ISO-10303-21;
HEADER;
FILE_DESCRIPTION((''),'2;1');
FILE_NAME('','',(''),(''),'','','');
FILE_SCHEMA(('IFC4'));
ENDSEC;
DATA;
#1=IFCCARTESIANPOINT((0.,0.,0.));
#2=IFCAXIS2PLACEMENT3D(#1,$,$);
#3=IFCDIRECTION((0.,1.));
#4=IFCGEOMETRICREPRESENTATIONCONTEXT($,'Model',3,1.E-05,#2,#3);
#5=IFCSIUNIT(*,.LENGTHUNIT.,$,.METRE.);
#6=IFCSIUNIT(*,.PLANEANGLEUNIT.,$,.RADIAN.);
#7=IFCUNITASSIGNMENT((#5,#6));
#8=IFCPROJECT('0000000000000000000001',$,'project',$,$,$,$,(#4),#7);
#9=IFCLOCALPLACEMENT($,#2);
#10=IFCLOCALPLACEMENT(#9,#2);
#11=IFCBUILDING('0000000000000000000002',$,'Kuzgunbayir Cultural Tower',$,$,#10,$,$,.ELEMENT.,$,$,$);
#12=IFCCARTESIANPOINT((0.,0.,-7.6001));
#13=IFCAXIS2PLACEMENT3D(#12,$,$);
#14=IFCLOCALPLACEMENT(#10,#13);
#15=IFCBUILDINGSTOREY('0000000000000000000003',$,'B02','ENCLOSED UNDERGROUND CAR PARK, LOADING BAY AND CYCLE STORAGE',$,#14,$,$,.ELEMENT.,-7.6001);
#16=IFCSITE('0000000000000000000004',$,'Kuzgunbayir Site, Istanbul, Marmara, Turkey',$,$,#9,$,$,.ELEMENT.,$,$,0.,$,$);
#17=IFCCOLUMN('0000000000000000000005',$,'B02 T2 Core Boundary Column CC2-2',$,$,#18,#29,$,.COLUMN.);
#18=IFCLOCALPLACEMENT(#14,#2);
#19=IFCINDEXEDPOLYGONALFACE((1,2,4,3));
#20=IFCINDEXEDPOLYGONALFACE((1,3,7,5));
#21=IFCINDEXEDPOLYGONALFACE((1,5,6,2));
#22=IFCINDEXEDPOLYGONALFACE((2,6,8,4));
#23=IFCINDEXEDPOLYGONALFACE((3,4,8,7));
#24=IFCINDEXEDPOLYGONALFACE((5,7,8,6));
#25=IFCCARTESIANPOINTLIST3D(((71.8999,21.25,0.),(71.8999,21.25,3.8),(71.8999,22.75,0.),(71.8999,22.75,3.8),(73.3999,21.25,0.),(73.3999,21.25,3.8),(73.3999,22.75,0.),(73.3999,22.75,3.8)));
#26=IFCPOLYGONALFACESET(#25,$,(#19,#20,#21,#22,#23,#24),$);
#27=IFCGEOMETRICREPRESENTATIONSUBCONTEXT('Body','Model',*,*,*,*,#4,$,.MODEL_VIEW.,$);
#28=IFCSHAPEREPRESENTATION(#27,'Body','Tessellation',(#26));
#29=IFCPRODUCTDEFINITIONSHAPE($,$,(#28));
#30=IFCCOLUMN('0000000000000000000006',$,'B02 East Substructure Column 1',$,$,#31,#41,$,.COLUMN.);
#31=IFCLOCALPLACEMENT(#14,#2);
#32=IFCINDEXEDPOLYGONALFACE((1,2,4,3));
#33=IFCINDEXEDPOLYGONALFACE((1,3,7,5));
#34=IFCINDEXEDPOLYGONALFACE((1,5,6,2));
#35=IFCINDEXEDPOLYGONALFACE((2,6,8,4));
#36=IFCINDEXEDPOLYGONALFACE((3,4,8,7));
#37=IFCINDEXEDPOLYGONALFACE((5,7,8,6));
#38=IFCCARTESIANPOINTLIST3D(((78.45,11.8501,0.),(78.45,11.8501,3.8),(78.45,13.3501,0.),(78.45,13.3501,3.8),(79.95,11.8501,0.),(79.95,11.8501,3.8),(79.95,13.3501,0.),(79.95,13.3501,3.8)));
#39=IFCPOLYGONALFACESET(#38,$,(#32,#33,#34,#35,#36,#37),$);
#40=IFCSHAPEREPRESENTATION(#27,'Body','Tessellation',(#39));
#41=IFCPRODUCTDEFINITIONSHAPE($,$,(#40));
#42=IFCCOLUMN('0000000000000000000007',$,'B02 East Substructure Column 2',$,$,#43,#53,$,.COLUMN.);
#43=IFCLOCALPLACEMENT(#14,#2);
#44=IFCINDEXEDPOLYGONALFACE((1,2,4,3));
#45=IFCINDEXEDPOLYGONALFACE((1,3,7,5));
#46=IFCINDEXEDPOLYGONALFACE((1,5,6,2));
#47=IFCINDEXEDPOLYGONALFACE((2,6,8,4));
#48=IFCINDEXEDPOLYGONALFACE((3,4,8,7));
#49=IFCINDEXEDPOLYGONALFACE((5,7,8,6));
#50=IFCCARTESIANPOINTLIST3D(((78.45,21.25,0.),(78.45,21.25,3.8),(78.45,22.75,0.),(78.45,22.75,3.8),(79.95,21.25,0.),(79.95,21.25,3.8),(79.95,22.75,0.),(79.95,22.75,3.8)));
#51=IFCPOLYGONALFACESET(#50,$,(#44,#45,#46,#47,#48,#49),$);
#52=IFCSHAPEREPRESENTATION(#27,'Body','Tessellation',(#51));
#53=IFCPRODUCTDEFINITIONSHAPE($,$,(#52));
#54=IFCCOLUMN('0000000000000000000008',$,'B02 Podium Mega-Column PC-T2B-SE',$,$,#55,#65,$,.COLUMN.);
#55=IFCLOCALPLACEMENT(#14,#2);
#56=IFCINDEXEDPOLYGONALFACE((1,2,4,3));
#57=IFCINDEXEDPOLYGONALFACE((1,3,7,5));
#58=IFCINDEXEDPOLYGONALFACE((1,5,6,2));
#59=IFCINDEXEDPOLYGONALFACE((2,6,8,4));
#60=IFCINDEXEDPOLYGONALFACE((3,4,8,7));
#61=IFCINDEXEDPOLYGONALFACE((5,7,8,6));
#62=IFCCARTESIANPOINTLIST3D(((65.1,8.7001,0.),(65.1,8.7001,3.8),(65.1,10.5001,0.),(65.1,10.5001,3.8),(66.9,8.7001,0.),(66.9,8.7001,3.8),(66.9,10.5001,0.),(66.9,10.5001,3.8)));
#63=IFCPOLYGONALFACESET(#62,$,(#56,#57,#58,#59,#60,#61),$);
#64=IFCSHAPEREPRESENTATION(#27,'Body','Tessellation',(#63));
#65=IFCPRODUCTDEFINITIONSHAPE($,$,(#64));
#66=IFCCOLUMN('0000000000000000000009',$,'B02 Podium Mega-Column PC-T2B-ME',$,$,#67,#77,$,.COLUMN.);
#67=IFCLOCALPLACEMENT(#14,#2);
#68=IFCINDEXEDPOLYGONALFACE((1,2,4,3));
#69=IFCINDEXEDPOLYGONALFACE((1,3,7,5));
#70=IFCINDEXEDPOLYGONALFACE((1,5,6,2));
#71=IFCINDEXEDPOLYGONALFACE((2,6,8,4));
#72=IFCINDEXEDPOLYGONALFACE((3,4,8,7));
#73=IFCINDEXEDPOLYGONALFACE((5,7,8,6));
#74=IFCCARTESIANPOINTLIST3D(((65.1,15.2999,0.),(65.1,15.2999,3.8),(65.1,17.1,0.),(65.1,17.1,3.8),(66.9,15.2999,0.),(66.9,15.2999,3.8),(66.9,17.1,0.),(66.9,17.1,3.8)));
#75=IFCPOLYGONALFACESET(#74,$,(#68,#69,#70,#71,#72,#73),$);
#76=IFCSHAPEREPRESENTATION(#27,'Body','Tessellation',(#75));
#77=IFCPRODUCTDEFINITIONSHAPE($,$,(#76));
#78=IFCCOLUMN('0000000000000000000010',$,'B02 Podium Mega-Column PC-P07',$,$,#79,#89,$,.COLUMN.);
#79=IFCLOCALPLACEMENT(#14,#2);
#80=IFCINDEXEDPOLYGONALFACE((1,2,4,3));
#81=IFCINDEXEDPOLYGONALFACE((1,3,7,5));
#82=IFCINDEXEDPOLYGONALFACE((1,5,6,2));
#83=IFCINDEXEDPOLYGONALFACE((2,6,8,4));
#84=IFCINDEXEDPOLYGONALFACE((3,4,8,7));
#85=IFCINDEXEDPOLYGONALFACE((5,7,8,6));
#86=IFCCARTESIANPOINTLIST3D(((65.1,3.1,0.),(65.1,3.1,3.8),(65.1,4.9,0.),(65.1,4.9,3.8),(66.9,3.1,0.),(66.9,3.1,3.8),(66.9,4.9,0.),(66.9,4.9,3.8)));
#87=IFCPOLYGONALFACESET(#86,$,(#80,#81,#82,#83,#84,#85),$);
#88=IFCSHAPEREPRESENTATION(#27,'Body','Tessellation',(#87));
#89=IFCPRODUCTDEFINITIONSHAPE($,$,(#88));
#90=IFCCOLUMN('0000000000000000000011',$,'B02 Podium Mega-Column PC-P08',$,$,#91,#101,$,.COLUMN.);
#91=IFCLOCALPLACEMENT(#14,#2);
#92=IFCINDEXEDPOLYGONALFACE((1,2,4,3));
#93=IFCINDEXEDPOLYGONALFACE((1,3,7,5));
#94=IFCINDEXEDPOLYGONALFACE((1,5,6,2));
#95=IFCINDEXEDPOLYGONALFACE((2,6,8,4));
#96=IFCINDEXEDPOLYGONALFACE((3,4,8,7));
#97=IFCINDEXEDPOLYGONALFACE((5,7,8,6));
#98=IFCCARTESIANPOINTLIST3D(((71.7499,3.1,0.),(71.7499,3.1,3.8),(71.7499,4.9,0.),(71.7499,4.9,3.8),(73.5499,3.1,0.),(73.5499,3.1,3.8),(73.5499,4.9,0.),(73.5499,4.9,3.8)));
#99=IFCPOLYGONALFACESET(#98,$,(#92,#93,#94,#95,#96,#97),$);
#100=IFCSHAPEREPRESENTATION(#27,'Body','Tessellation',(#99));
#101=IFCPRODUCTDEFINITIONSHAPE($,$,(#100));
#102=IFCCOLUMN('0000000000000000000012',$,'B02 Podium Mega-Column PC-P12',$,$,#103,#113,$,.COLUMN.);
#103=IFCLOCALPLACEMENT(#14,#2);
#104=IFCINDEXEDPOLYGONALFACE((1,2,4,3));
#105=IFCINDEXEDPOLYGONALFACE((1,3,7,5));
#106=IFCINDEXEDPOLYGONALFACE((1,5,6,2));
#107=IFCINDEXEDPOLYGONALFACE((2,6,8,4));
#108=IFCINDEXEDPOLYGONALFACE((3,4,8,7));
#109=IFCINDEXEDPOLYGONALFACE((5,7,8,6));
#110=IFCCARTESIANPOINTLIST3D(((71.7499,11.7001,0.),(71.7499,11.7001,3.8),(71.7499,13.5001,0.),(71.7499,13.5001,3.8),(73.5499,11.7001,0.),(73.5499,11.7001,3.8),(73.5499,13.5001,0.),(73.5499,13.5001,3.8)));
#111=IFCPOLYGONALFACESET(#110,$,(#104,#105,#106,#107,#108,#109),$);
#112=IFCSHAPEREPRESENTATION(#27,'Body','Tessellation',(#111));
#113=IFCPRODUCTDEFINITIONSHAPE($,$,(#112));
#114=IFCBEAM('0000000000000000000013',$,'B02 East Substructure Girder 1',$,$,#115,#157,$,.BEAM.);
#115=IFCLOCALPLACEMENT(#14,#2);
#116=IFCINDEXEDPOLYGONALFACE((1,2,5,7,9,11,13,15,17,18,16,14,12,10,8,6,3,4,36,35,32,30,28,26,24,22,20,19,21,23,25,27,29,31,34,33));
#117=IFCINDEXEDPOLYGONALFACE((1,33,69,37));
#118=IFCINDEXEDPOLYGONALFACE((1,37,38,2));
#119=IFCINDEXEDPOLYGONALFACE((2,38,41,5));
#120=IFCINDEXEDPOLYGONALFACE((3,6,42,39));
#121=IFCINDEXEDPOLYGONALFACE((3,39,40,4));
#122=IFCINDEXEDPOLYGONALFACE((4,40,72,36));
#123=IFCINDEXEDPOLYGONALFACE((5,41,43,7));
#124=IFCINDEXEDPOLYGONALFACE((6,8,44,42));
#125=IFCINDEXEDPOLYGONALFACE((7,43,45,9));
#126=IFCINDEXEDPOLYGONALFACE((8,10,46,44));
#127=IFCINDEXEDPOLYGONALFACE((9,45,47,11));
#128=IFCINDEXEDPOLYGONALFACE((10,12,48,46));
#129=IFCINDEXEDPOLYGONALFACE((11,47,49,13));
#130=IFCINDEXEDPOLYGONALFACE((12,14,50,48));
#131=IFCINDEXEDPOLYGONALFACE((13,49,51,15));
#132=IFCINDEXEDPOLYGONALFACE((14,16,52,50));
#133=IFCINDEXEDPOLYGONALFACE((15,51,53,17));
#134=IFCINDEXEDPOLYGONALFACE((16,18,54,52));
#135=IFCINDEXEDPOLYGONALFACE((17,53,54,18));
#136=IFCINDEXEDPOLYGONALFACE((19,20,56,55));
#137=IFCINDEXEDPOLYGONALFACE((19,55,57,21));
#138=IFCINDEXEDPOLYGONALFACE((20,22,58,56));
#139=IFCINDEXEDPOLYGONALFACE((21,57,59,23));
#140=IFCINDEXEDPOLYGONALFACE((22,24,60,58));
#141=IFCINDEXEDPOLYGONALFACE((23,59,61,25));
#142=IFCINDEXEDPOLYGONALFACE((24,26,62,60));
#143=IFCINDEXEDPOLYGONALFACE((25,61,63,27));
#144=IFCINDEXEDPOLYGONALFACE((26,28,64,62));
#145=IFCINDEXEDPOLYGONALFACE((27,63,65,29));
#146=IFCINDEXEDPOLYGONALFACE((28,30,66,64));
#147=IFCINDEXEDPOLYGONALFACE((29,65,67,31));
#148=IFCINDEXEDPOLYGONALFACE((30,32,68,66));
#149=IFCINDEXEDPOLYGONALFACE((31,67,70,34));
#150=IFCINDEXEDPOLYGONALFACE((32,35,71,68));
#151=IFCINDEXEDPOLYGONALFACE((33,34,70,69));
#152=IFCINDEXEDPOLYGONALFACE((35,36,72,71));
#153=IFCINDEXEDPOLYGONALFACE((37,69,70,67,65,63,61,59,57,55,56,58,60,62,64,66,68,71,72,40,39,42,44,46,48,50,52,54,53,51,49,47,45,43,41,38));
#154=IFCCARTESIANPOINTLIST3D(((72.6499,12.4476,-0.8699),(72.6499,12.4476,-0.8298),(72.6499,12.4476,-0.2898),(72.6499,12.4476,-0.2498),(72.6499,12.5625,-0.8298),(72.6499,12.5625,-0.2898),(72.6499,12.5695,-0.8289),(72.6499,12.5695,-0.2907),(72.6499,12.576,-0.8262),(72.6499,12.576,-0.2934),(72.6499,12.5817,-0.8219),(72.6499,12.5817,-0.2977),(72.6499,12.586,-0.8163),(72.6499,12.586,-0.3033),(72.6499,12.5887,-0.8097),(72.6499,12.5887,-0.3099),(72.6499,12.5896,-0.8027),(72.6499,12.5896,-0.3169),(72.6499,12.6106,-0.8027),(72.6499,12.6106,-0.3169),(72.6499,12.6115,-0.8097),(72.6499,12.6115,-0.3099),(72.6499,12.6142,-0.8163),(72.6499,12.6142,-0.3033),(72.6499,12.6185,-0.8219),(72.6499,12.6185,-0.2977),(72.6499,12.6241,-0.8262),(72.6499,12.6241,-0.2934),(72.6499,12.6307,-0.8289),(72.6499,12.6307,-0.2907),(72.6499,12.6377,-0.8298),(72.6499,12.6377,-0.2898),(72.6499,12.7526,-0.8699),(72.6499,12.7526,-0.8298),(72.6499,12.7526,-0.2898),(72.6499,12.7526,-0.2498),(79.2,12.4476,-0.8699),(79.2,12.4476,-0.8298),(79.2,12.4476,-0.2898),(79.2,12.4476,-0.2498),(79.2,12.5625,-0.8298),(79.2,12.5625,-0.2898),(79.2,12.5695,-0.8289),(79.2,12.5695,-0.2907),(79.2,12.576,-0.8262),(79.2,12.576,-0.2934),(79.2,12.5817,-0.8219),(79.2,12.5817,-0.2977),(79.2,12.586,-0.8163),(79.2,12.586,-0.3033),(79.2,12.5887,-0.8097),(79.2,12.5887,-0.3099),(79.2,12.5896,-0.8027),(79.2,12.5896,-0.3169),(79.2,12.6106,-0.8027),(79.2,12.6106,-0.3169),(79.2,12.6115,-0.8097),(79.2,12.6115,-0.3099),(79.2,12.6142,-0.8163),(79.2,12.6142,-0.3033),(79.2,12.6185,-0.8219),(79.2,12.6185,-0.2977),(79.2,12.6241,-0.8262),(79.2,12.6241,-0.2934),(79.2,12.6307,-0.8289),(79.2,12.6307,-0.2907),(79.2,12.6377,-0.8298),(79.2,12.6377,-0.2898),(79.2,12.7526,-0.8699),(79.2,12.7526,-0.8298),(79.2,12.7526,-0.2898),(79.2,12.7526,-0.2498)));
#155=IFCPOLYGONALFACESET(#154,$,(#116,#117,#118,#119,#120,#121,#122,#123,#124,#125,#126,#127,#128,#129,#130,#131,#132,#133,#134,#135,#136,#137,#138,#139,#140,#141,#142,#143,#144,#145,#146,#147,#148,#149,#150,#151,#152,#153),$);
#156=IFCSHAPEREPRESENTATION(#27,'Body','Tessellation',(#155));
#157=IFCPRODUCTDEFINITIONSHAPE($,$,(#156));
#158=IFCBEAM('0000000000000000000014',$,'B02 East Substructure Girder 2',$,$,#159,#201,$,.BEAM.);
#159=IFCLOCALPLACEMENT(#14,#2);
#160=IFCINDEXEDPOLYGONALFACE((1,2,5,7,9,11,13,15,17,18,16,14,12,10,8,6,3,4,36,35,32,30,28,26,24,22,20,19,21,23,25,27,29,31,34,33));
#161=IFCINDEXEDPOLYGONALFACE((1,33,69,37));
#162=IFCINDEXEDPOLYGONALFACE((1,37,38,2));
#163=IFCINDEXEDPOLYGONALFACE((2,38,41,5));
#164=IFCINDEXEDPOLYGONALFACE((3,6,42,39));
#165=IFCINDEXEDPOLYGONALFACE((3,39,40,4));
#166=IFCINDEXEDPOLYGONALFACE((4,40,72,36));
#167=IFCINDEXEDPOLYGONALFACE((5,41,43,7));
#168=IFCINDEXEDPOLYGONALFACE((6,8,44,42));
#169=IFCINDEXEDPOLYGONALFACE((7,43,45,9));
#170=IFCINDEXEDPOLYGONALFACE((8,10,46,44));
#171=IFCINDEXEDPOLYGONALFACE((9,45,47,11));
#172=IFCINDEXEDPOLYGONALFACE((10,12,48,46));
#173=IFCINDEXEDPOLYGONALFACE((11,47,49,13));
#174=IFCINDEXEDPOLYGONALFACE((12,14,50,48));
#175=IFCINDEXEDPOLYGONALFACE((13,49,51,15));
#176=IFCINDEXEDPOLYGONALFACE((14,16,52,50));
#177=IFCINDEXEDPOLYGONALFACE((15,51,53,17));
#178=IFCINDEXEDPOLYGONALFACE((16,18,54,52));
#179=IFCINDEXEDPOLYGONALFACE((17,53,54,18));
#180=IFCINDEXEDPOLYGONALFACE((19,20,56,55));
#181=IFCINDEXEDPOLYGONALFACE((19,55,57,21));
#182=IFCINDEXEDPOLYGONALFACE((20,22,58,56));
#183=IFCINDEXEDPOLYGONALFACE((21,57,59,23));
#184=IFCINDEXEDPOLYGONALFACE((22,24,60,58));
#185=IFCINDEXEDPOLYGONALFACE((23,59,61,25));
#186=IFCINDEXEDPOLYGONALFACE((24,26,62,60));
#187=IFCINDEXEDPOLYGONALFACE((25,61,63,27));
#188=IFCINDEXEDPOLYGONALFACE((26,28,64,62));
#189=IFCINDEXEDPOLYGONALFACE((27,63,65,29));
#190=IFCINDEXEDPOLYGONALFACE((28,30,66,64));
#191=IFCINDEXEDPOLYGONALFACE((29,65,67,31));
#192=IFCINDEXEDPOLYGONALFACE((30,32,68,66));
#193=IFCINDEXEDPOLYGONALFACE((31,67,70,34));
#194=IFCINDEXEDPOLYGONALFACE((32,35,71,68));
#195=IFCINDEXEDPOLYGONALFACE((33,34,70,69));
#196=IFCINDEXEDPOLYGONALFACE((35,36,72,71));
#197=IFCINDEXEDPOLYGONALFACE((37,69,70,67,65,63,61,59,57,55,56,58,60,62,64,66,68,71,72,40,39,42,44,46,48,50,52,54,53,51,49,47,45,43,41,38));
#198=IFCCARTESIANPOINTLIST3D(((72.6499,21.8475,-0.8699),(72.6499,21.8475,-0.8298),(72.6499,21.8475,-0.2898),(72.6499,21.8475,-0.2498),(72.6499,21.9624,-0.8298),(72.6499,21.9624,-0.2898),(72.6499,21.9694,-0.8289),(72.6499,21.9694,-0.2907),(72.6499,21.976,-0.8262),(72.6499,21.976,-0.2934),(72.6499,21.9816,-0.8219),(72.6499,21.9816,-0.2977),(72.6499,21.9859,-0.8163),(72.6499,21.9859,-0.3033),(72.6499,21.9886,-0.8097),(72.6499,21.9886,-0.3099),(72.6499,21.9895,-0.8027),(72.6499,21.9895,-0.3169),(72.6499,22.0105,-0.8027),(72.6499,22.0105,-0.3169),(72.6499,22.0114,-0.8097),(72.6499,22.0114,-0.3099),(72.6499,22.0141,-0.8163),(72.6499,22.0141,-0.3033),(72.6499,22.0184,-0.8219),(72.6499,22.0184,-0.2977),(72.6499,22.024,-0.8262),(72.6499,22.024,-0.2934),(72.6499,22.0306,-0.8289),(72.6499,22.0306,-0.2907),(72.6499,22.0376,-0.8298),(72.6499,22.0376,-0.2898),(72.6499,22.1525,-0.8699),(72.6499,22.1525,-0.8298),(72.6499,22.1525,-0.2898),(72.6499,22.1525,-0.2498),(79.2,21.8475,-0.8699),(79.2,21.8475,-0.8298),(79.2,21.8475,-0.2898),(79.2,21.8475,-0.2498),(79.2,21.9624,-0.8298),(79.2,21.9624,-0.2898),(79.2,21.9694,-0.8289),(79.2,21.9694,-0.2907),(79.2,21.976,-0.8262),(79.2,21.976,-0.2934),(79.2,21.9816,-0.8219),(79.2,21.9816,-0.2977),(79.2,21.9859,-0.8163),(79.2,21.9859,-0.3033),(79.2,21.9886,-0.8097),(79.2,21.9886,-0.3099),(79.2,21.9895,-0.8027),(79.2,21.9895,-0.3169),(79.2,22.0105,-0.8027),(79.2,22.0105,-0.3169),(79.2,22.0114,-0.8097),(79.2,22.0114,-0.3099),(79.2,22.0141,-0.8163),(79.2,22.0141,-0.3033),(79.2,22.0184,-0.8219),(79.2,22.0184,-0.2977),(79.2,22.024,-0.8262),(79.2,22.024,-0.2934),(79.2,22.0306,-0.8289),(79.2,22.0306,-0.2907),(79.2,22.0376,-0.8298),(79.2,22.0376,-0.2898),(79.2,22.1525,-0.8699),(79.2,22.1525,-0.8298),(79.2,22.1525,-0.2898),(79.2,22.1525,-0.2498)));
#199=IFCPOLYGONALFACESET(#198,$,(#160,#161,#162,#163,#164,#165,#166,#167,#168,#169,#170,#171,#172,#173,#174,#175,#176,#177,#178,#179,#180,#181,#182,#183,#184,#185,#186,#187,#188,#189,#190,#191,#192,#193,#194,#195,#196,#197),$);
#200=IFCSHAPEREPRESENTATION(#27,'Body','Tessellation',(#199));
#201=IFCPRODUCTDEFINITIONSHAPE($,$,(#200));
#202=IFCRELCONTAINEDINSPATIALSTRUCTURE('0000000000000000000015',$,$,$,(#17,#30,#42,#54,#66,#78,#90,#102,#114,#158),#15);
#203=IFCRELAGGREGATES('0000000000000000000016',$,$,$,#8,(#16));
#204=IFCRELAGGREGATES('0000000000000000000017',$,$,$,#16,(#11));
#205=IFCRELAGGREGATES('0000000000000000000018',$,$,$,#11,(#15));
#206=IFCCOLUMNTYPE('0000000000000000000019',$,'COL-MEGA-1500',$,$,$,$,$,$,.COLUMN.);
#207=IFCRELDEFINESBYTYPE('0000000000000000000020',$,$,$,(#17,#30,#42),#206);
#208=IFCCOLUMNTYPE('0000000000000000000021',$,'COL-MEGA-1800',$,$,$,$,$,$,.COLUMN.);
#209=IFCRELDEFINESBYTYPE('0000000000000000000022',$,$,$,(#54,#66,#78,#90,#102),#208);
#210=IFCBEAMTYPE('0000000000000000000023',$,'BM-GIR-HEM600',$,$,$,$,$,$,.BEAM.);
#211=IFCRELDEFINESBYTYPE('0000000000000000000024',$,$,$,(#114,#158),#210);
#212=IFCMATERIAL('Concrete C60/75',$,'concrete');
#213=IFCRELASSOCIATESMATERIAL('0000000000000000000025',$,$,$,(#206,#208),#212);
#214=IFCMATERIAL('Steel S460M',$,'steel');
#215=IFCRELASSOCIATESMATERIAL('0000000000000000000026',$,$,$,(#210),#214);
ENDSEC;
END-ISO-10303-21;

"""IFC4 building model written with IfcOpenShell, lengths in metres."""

from ifc_helpers import new_model, si_unit, direction, frame, origin, origin_2d, place, context, subcontext, project, spatial, rectangle, i_section, extrude, material, material_profile, profile_set, type_object, element, save


model = new_model("IFC4")

# Units and contexts
model_context = context("Model", 3, precision=1e-05, world=origin(), true_north=direction((0.0, 1.0)))
body_context = subcontext(model_context, "Body", "Model", "MODEL_VIEW")
ifc_project = project(units=[si_unit("LENGTHUNIT", "METRE"), si_unit("PLANEANGLEUNIT", "RADIAN")], contexts=[model_context])

# Site, building, storey
site_placement = place(None, origin())
site = spatial("IfcSite", under=ifc_project, at=site_placement, Name="Kuzgunbayir Site, Istanbul, Marmara, Turkey", CompositionType="ELEMENT", RefElevation=0.0)
building_placement = place(site_placement, origin())
building = spatial("IfcBuilding", under=site, at=building_placement, Name="Kuzgunbayir Cultural Tower", CompositionType="ELEMENT")
storey_placement = place(building_placement, frame((0.0, 0.0, -7.6001)))
storey = spatial("IfcBuildingStorey", under=building, at=storey_placement, Name="B02", Description="ENCLOSED UNDERGROUND CAR PARK, LOADING BAY AND CYCLE STORAGE", CompositionType="ELEMENT", Elevation=-7.6001)

# Columns
ifc_material_1 = material(Name="Concrete C60/75", Category="concrete")
ifc_material_profile_1 = material_profile(ifc_material_1, rectangle(XDim=1.5, YDim=1.5, at=origin_2d()), Name="RC 1500x1500")
ifc_profile_set_1 = profile_set([ifc_material_profile_1], Name="Concrete C60/75")
column_type_1 = type_object("IfcColumnType", Name="COL-MEGA-1500", PredefinedType="COLUMN", material=ifc_profile_set_1)
for number, where, z_axis, x_axis, name in (
    (1, (72.6499, 22.0, 0.0), (0.0, 0.0, 1.0), (1.0, 0.0, 0.0), "B02 T2 Core Boundary Column CC2-2"),
    (2, (79.2, 12.6001, 0.0), (0.0, 0.0, 1.0), (1.0, 0.0, 0.0), "B02 East Substructure Column 1"),
    (3, (79.2, 22.0, 0.0), (0.0, 0.0, 1.0), (1.0, 0.0, 0.0), "B02 East Substructure Column 2"),
):
    element("IfcColumn", number, at=place(storey_placement, frame(where, z_axis=z_axis, x_axis=x_axis)), inside=storey, type_object=column_type_1, Name=name, PredefinedType="COLUMN", context=body_context, shape_type="SweptSolid", body=[
        extrude(rectangle(XDim=1.5, YDim=1.5, at=origin_2d()), origin(), (0.0, 0.0, 1.0), 3.8),
    ])
ifc_material_profile_2 = material_profile(ifc_material_1, rectangle(XDim=1.8, YDim=1.8, at=origin_2d()), Name="RC 1800x1800")
ifc_profile_set_2 = profile_set([ifc_material_profile_2], Name="Concrete C60/75")
column_type_2 = type_object("IfcColumnType", Name="COL-MEGA-1800", PredefinedType="COLUMN", material=ifc_profile_set_2)
for number, where, z_axis, x_axis, name in (
    (4, (66.0, 9.6001, 0.0), (0.0, 0.0, 1.0), (1.0, 0.0, 0.0), "B02 Podium Mega-Column PC-T2B-SE"),
    (5, (66.0, 16.2, 0.0), (0.0, 0.0, 1.0), (1.0, 0.0, 0.0), "B02 Podium Mega-Column PC-T2B-ME"),
    (6, (66.0, 4.0, 0.0), (0.0, 0.0, 1.0), (1.0, 0.0, 0.0), "B02 Podium Mega-Column PC-P07"),
    (7, (72.6499, 4.0, 0.0), (0.0, 0.0, 1.0), (1.0, 0.0, 0.0), "B02 Podium Mega-Column PC-P08"),
    (8, (72.6499, 12.6001, 0.0), (0.0, 0.0, 1.0), (1.0, 0.0, 0.0), "B02 Podium Mega-Column PC-P12"),
):
    element("IfcColumn", number, at=place(storey_placement, frame(where, z_axis=z_axis, x_axis=x_axis)), inside=storey, type_object=column_type_2, Name=name, PredefinedType="COLUMN", context=body_context, shape_type="SweptSolid", body=[
        extrude(rectangle(XDim=1.8, YDim=1.8, at=origin_2d()), origin(), (0.0, 0.0, 1.0), 3.8),
    ])

# Beams
ifc_material_2 = material(Name="Steel S460M", Category="steel")
ifc_material_profile_3 = material_profile(ifc_material_2, i_section(OverallWidth=0.3049, OverallDepth=0.6201, WebThickness=0.021, FlangeThickness=0.04, FilletRadius=0.0271, at=origin_2d()), Name="HEM 600")
ifc_profile_set_3 = profile_set([ifc_material_profile_3], Name="Steel S460M")
beam_type_1 = type_object("IfcBeamType", Name="BM-GIR-HEM600", PredefinedType="BEAM", material=ifc_profile_set_3)
for number, where, z_axis, x_axis, name in (
    (9, (72.6499, 12.6001, -0.5598), (1.0, 0.0, 0.0), (0.0, 1.0, 0.0), "B02 East Substructure Girder 1"),
    (10, (72.6499, 22.0, -0.5598), (1.0, 0.0, 0.0), (0.0, 1.0, 0.0), "B02 East Substructure Girder 2"),
):
    element("IfcBeam", number, at=place(storey_placement, frame(where, z_axis=z_axis, x_axis=x_axis)), inside=storey, type_object=beam_type_1, Name=name, PredefinedType="BEAM", context=body_context, shape_type="SweptSolid", body=[
        extrude(i_section(OverallWidth=0.3049, OverallDepth=0.6201, WebThickness=0.021, FlangeThickness=0.04, FilletRadius=0.0271, at=origin_2d()), origin(), (0.0, 0.0, 1.0), 6.55),
    ])

save(model, "model.ifc")
